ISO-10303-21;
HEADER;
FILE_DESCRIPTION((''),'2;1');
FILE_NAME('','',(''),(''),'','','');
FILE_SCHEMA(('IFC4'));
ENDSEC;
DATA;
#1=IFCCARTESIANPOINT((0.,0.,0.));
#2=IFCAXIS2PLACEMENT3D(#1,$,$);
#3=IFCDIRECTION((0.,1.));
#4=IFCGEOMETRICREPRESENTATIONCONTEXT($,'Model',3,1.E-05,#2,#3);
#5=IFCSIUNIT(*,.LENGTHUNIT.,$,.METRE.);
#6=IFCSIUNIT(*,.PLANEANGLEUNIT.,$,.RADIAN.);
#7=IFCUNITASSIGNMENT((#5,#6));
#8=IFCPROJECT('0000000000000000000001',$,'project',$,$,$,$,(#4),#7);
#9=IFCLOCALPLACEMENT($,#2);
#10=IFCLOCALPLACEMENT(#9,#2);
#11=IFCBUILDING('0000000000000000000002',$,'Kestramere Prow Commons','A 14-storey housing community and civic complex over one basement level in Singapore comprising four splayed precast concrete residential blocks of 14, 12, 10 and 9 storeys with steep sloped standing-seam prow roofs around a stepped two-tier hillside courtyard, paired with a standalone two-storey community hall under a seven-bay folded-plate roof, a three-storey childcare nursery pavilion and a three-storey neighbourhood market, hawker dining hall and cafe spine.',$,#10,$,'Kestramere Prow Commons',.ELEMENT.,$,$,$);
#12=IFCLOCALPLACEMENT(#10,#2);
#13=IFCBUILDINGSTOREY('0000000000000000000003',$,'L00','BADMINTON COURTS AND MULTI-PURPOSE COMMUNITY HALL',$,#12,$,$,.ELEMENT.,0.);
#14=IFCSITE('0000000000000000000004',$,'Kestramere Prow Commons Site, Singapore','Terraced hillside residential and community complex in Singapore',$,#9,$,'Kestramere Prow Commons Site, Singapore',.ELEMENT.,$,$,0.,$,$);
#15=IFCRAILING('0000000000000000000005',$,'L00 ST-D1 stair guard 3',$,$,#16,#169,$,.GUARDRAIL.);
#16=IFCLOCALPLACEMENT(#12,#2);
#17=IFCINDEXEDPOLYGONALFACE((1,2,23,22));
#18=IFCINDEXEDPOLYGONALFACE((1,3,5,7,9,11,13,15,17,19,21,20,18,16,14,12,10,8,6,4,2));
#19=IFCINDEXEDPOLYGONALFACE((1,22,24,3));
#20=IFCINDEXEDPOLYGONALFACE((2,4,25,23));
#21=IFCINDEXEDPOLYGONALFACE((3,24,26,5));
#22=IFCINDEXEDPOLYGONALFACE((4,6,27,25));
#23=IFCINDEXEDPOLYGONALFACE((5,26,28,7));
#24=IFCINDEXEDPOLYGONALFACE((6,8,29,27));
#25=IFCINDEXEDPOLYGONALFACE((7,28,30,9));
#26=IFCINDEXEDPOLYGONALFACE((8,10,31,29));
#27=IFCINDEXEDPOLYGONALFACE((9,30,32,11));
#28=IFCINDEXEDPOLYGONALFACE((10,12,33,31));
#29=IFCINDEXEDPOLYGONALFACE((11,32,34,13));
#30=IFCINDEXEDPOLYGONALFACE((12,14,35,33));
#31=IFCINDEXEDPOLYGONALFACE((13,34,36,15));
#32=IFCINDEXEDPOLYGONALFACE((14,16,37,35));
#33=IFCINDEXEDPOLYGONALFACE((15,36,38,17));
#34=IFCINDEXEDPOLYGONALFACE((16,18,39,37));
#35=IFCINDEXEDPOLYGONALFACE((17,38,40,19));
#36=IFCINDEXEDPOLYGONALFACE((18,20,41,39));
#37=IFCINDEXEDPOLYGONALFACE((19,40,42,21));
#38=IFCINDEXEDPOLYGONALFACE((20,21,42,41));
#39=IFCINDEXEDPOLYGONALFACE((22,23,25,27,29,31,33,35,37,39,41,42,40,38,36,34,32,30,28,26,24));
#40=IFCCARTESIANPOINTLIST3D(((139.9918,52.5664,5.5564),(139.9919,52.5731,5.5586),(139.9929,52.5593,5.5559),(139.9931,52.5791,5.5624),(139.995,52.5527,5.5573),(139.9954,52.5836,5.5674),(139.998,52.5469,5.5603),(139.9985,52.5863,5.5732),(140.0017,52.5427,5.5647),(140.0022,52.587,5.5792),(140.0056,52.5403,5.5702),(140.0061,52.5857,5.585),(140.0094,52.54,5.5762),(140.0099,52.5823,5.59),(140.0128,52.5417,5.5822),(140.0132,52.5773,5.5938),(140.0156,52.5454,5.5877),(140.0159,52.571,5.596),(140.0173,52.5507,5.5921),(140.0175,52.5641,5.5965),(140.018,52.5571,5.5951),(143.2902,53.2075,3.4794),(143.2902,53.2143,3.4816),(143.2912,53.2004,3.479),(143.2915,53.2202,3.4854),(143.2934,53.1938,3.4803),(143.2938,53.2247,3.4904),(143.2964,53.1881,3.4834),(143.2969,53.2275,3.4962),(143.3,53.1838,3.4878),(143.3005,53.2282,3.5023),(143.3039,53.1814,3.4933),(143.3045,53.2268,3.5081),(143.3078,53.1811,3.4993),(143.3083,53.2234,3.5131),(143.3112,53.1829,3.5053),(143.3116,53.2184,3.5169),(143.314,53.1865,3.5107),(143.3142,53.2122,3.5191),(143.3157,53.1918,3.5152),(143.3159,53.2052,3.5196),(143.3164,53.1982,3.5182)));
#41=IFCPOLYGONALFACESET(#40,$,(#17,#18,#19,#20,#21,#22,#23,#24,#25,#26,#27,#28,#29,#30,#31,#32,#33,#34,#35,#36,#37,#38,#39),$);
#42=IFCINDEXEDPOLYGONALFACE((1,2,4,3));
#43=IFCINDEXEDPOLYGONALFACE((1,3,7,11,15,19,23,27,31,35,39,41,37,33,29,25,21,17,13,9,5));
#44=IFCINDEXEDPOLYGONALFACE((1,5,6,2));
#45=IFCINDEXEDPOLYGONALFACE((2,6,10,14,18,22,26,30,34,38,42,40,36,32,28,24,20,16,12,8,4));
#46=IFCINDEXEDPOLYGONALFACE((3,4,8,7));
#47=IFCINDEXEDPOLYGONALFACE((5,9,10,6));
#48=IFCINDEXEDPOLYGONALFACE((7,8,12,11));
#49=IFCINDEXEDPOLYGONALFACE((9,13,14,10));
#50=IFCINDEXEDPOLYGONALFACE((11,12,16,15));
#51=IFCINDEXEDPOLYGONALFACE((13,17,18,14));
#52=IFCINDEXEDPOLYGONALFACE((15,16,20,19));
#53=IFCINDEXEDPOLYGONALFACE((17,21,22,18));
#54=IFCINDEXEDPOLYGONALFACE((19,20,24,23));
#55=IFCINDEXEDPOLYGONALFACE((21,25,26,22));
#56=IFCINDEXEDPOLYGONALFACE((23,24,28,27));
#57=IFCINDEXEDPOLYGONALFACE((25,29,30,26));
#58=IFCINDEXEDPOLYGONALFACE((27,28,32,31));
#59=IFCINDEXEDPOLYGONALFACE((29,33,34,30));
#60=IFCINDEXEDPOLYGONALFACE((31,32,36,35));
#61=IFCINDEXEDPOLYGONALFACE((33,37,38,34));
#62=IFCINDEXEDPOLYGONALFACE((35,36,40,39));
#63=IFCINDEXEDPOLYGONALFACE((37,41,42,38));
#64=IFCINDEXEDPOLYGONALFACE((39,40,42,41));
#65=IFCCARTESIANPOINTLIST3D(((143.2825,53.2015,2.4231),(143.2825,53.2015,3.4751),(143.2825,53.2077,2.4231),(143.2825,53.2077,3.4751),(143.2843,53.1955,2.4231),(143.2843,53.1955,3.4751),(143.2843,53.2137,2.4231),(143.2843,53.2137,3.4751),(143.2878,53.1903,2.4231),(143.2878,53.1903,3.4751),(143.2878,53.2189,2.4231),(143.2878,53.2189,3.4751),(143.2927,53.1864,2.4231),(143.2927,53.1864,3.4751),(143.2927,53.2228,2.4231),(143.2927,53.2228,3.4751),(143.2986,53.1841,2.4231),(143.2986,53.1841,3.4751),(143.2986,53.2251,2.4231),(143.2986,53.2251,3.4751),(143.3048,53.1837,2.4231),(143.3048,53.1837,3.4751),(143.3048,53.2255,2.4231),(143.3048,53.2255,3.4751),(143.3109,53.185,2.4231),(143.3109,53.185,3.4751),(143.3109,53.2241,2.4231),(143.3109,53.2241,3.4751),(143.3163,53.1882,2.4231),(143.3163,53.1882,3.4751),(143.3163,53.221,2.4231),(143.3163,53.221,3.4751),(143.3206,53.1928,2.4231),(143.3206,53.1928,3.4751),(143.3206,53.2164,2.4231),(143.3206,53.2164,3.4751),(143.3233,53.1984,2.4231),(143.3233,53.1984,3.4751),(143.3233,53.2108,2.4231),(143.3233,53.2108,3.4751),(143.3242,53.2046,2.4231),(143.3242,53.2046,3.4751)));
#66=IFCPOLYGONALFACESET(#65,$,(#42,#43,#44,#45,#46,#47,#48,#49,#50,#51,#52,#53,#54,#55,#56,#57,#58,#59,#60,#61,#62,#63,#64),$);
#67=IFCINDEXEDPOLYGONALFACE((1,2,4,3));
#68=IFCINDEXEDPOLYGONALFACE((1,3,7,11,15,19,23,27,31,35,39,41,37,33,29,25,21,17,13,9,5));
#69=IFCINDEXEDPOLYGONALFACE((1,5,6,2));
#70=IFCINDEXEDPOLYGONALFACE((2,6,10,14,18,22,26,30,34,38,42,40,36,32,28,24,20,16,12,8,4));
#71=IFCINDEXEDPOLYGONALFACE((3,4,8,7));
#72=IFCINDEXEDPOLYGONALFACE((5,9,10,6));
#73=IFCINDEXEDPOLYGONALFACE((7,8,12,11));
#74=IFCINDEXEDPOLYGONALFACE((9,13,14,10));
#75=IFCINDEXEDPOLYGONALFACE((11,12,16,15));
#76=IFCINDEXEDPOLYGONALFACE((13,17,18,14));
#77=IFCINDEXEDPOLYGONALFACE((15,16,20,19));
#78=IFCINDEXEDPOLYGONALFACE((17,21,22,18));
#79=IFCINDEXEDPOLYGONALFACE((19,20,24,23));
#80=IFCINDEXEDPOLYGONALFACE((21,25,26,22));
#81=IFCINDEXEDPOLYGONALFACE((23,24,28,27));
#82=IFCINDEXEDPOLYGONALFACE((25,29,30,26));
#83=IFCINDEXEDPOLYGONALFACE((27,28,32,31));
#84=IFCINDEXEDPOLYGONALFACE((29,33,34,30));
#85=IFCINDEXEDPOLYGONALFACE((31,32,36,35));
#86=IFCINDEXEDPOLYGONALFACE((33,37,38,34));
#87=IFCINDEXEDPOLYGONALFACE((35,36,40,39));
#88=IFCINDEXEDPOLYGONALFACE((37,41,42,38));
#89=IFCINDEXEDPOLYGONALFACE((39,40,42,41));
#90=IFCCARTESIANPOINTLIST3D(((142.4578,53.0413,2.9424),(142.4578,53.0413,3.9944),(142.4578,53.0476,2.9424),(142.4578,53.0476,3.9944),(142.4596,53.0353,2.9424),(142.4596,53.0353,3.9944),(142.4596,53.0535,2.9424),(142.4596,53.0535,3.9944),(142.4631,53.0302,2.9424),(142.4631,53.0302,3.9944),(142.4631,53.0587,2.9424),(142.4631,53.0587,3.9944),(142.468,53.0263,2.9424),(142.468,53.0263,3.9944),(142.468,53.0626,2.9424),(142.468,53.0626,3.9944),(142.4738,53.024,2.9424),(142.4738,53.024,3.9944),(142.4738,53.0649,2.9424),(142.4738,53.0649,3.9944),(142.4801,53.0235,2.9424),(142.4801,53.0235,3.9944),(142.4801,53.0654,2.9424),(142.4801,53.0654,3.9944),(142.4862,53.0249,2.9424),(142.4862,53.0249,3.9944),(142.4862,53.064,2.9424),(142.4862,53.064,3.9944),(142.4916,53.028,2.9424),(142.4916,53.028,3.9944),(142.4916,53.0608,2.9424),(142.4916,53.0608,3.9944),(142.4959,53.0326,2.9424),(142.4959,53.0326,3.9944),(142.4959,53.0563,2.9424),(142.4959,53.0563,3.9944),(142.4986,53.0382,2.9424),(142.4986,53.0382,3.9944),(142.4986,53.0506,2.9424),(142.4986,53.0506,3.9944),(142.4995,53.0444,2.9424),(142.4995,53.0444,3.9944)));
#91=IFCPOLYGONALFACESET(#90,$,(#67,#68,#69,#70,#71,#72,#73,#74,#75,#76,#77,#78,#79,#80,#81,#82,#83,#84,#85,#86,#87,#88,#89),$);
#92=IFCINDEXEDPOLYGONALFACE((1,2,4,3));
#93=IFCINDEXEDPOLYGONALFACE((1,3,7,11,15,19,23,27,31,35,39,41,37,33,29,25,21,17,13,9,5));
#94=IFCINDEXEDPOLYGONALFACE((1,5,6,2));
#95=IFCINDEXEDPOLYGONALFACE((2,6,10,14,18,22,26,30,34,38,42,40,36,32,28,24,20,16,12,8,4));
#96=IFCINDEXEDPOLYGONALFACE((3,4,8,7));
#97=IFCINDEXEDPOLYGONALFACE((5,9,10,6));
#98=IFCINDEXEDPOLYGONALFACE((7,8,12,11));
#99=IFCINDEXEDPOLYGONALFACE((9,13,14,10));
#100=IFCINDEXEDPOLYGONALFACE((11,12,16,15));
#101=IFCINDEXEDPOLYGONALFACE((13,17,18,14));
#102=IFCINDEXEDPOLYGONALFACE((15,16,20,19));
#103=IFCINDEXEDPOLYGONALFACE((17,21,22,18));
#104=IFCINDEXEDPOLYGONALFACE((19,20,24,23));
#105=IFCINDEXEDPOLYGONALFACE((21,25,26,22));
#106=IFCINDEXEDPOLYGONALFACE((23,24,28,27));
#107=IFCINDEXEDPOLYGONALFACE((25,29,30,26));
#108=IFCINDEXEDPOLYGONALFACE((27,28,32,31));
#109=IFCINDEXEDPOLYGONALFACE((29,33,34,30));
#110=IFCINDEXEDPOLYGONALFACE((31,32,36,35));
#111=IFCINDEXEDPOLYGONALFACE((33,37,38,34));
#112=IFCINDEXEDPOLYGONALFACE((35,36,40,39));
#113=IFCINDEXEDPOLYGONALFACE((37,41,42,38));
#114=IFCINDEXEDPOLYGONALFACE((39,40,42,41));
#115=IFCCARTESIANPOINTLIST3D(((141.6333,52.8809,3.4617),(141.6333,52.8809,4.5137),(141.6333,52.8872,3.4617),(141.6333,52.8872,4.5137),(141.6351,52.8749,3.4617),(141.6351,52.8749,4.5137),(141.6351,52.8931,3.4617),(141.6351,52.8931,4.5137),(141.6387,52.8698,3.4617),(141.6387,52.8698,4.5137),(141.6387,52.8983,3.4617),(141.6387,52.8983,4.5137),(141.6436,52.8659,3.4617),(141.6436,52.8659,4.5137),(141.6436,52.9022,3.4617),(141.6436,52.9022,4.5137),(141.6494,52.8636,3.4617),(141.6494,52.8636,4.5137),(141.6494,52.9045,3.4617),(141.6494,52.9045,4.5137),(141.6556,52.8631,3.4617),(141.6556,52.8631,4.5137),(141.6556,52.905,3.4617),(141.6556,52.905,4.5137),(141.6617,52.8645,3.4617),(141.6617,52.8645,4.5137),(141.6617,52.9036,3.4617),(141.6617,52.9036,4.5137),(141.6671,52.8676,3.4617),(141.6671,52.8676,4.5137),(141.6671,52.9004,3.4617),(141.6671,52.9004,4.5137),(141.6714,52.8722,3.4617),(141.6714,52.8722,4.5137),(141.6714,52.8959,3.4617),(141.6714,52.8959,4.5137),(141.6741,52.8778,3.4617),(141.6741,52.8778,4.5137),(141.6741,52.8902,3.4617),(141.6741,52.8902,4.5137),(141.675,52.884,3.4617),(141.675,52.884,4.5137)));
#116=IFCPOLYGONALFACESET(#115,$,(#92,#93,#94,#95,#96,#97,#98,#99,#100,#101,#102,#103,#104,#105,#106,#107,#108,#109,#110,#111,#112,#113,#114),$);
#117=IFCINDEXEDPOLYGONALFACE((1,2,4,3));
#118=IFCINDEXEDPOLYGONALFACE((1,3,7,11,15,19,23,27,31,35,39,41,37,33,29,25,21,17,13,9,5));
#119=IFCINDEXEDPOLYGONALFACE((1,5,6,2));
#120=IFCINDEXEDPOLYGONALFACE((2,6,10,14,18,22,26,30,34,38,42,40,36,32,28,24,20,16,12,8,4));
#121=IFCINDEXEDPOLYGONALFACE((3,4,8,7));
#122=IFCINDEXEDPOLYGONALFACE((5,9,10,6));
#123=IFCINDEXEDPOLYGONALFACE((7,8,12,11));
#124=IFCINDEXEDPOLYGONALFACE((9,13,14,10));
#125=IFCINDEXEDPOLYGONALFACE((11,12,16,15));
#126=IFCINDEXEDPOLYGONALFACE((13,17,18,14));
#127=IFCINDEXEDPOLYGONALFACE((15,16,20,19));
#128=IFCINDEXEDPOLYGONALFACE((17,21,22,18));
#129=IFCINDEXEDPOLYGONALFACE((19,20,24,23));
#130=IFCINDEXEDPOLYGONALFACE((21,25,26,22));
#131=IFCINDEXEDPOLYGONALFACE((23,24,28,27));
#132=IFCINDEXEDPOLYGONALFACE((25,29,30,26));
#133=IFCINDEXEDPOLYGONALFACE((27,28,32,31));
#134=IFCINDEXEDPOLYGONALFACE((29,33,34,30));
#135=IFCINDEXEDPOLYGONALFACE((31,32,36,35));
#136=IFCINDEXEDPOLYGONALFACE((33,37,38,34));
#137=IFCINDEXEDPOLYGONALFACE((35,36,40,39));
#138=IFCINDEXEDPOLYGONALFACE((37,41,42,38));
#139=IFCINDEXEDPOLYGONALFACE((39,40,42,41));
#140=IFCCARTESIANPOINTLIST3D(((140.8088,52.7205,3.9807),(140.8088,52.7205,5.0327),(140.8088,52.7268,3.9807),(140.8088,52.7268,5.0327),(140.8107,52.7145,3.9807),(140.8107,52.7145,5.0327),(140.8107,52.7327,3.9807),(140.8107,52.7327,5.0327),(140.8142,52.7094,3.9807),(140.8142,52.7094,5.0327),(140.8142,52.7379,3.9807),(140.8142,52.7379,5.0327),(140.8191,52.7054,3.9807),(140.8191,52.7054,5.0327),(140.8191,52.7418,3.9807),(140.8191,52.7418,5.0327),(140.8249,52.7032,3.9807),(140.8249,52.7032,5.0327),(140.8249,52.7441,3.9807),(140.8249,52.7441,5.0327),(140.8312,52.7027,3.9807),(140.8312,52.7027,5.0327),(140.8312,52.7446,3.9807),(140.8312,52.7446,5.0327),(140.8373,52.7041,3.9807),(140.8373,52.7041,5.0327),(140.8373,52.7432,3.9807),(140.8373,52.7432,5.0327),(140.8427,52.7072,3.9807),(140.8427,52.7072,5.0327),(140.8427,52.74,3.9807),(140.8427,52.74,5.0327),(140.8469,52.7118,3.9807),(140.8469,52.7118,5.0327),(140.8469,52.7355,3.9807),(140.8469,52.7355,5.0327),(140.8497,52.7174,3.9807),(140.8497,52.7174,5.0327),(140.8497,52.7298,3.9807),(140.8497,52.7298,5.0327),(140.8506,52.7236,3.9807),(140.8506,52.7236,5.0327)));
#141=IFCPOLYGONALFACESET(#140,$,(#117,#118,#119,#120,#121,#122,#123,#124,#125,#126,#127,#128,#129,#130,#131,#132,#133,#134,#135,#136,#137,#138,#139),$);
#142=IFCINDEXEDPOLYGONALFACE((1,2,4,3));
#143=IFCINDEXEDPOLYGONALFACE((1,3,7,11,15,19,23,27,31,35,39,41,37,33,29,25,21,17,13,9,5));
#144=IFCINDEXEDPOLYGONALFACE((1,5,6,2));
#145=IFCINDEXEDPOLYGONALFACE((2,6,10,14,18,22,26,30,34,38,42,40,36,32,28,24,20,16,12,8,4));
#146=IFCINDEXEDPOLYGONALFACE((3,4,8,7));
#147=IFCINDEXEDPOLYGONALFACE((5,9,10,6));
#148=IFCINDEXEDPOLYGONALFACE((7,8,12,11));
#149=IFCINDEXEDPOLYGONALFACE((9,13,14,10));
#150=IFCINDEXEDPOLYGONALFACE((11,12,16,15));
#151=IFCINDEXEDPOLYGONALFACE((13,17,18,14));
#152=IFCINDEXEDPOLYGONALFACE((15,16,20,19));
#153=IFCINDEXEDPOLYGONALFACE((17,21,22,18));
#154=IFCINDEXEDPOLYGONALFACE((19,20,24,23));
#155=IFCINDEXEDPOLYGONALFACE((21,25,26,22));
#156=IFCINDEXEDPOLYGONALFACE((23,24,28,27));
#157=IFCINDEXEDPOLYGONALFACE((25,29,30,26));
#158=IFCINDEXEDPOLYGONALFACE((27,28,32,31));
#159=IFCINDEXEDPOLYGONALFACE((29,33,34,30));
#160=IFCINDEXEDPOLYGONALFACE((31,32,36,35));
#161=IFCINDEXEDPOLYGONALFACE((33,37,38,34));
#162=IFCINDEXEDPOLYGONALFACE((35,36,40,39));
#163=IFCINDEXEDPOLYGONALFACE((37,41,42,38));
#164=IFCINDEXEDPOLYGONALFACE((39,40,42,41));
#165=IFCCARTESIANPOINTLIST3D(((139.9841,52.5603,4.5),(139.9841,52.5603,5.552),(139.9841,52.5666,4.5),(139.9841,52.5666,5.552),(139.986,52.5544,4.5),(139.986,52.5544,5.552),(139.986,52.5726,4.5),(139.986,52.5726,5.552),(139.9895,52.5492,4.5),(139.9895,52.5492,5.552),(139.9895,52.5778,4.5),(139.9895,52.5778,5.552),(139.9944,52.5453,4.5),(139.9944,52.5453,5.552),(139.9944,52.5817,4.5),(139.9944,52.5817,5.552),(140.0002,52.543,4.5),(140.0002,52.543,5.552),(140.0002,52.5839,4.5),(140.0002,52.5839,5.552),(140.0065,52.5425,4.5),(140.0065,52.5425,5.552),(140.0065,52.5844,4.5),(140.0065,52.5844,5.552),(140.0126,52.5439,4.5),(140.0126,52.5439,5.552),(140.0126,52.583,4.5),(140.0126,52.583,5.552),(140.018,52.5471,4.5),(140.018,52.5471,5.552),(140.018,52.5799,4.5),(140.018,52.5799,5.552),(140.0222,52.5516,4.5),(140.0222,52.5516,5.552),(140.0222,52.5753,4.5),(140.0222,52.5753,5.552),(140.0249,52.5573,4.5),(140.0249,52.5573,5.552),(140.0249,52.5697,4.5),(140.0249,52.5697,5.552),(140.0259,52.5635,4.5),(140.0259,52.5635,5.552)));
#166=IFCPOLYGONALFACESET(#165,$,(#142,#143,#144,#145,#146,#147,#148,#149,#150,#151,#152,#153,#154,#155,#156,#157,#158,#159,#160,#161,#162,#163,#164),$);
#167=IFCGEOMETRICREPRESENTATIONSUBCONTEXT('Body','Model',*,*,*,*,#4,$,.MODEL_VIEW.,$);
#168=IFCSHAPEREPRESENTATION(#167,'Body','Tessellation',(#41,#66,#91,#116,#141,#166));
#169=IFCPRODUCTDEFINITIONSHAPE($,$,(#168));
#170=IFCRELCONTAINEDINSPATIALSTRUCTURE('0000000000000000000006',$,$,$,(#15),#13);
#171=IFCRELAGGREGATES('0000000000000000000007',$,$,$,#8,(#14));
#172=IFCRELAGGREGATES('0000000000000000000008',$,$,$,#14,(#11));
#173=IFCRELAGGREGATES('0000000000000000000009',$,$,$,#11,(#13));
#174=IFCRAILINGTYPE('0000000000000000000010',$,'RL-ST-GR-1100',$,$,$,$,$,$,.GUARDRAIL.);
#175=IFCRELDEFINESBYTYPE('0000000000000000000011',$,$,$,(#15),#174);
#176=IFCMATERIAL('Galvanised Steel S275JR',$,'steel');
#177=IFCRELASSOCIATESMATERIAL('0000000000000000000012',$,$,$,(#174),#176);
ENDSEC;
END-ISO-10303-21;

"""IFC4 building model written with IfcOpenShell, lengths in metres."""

from ifc_helpers import new_model, si_unit, direction, frame, origin, origin_2d, place, context, subcontext, project, spatial, circle, extrude, material, type_object, element, save


model = new_model("IFC4")

# Units and contexts
model_context = context("Model", 3, precision=1e-05, world=origin(), true_north=direction((0.0, 1.0)))
body_context = subcontext(model_context, "Body", "Model", "MODEL_VIEW")
ifc_project = project(units=[si_unit("LENGTHUNIT", "METRE"), si_unit("PLANEANGLEUNIT", "RADIAN")], contexts=[model_context])

# Site, building, storey
site_placement = place(None, origin())
site = spatial("IfcSite", under=ifc_project, at=site_placement, Name="Kestramere Prow Commons Site, Singapore", Description="Terraced hillside residential and community complex in Singapore", LongName="Kestramere Prow Commons Site, Singapore", CompositionType="ELEMENT", RefElevation=0.0)
building_placement = place(site_placement, origin())
building = spatial("IfcBuilding", under=site, at=building_placement, Name="Kestramere Prow Commons", Description="A 14-storey housing community and civic complex over one basement level in Singapore comprising four splayed precast concrete residential blocks of 14, 12, 10 and 9 storeys with steep sloped standing-seam prow roofs around a stepped two-tier hillside courtyard, paired with a standalone two-storey community hall under a seven-bay folded-plate roof, a three-storey childcare nursery pavilion and a three-storey neighbourhood market, hawker dining hall and cafe spine.", LongName="Kestramere Prow Commons", CompositionType="ELEMENT")
storey_placement = place(building_placement, origin())
storey = spatial("IfcBuildingStorey", under=building, at=storey_placement, Name="L00", Description="BADMINTON COURTS AND MULTI-PURPOSE COMMUNITY HALL", CompositionType="ELEMENT", Elevation=0.0)

# Railing
ifc_material_1 = material(Name="Galvanised Steel S275JR", Category="steel")
railing_type_1 = type_object("IfcRailingType", Name="RL-ST-GR-1100", PredefinedType="GUARDRAIL", material=ifc_material_1)
railing_1_placement = place(storey_placement, frame((143.3032, 53.2046, 2.4231)))
element("IfcRailing", 1, at=railing_1_placement, inside=storey, type_object=railing_type_1, Name="L00 ST-D1 stair guard 3", PredefinedType="GUARDRAIL", context=body_context, shape_type="SweptSolid", body=[
    extrude(circle(Radius=0.0239, at=origin_2d()), frame((0.0, 0.0, 1.0762), z_axis=(-0.834993, -0.162301, 0.52578), x_axis=(0.190804, -0.981628, 0.0)), (0.0, 0.0, 1.0), 3.9502),
    extrude(circle(Radius=0.021, at=origin_2d()), origin(), (0.0, 0.0, 1.0), 1.052),
    extrude(circle(Radius=0.021, at=origin_2d()), frame((-0.8247, -0.1602, 0.5193)), (0.0, 0.0, 1.0), 1.052),
    extrude(circle(Radius=0.021, at=origin_2d()), frame((-1.6492, -0.3206, 1.0386)), (0.0, 0.0, 1.0), 1.052),
    extrude(circle(Radius=0.021, at=origin_2d()), frame((-2.4736, -0.481, 1.5576)), (0.0, 0.0, 1.0), 1.052),
    extrude(circle(Radius=0.021, at=origin_2d()), frame((-3.2983, -0.6411, 2.0769)), (0.0, 0.0, 1.0), 1.052),
])

save(model, "model.ifc")
